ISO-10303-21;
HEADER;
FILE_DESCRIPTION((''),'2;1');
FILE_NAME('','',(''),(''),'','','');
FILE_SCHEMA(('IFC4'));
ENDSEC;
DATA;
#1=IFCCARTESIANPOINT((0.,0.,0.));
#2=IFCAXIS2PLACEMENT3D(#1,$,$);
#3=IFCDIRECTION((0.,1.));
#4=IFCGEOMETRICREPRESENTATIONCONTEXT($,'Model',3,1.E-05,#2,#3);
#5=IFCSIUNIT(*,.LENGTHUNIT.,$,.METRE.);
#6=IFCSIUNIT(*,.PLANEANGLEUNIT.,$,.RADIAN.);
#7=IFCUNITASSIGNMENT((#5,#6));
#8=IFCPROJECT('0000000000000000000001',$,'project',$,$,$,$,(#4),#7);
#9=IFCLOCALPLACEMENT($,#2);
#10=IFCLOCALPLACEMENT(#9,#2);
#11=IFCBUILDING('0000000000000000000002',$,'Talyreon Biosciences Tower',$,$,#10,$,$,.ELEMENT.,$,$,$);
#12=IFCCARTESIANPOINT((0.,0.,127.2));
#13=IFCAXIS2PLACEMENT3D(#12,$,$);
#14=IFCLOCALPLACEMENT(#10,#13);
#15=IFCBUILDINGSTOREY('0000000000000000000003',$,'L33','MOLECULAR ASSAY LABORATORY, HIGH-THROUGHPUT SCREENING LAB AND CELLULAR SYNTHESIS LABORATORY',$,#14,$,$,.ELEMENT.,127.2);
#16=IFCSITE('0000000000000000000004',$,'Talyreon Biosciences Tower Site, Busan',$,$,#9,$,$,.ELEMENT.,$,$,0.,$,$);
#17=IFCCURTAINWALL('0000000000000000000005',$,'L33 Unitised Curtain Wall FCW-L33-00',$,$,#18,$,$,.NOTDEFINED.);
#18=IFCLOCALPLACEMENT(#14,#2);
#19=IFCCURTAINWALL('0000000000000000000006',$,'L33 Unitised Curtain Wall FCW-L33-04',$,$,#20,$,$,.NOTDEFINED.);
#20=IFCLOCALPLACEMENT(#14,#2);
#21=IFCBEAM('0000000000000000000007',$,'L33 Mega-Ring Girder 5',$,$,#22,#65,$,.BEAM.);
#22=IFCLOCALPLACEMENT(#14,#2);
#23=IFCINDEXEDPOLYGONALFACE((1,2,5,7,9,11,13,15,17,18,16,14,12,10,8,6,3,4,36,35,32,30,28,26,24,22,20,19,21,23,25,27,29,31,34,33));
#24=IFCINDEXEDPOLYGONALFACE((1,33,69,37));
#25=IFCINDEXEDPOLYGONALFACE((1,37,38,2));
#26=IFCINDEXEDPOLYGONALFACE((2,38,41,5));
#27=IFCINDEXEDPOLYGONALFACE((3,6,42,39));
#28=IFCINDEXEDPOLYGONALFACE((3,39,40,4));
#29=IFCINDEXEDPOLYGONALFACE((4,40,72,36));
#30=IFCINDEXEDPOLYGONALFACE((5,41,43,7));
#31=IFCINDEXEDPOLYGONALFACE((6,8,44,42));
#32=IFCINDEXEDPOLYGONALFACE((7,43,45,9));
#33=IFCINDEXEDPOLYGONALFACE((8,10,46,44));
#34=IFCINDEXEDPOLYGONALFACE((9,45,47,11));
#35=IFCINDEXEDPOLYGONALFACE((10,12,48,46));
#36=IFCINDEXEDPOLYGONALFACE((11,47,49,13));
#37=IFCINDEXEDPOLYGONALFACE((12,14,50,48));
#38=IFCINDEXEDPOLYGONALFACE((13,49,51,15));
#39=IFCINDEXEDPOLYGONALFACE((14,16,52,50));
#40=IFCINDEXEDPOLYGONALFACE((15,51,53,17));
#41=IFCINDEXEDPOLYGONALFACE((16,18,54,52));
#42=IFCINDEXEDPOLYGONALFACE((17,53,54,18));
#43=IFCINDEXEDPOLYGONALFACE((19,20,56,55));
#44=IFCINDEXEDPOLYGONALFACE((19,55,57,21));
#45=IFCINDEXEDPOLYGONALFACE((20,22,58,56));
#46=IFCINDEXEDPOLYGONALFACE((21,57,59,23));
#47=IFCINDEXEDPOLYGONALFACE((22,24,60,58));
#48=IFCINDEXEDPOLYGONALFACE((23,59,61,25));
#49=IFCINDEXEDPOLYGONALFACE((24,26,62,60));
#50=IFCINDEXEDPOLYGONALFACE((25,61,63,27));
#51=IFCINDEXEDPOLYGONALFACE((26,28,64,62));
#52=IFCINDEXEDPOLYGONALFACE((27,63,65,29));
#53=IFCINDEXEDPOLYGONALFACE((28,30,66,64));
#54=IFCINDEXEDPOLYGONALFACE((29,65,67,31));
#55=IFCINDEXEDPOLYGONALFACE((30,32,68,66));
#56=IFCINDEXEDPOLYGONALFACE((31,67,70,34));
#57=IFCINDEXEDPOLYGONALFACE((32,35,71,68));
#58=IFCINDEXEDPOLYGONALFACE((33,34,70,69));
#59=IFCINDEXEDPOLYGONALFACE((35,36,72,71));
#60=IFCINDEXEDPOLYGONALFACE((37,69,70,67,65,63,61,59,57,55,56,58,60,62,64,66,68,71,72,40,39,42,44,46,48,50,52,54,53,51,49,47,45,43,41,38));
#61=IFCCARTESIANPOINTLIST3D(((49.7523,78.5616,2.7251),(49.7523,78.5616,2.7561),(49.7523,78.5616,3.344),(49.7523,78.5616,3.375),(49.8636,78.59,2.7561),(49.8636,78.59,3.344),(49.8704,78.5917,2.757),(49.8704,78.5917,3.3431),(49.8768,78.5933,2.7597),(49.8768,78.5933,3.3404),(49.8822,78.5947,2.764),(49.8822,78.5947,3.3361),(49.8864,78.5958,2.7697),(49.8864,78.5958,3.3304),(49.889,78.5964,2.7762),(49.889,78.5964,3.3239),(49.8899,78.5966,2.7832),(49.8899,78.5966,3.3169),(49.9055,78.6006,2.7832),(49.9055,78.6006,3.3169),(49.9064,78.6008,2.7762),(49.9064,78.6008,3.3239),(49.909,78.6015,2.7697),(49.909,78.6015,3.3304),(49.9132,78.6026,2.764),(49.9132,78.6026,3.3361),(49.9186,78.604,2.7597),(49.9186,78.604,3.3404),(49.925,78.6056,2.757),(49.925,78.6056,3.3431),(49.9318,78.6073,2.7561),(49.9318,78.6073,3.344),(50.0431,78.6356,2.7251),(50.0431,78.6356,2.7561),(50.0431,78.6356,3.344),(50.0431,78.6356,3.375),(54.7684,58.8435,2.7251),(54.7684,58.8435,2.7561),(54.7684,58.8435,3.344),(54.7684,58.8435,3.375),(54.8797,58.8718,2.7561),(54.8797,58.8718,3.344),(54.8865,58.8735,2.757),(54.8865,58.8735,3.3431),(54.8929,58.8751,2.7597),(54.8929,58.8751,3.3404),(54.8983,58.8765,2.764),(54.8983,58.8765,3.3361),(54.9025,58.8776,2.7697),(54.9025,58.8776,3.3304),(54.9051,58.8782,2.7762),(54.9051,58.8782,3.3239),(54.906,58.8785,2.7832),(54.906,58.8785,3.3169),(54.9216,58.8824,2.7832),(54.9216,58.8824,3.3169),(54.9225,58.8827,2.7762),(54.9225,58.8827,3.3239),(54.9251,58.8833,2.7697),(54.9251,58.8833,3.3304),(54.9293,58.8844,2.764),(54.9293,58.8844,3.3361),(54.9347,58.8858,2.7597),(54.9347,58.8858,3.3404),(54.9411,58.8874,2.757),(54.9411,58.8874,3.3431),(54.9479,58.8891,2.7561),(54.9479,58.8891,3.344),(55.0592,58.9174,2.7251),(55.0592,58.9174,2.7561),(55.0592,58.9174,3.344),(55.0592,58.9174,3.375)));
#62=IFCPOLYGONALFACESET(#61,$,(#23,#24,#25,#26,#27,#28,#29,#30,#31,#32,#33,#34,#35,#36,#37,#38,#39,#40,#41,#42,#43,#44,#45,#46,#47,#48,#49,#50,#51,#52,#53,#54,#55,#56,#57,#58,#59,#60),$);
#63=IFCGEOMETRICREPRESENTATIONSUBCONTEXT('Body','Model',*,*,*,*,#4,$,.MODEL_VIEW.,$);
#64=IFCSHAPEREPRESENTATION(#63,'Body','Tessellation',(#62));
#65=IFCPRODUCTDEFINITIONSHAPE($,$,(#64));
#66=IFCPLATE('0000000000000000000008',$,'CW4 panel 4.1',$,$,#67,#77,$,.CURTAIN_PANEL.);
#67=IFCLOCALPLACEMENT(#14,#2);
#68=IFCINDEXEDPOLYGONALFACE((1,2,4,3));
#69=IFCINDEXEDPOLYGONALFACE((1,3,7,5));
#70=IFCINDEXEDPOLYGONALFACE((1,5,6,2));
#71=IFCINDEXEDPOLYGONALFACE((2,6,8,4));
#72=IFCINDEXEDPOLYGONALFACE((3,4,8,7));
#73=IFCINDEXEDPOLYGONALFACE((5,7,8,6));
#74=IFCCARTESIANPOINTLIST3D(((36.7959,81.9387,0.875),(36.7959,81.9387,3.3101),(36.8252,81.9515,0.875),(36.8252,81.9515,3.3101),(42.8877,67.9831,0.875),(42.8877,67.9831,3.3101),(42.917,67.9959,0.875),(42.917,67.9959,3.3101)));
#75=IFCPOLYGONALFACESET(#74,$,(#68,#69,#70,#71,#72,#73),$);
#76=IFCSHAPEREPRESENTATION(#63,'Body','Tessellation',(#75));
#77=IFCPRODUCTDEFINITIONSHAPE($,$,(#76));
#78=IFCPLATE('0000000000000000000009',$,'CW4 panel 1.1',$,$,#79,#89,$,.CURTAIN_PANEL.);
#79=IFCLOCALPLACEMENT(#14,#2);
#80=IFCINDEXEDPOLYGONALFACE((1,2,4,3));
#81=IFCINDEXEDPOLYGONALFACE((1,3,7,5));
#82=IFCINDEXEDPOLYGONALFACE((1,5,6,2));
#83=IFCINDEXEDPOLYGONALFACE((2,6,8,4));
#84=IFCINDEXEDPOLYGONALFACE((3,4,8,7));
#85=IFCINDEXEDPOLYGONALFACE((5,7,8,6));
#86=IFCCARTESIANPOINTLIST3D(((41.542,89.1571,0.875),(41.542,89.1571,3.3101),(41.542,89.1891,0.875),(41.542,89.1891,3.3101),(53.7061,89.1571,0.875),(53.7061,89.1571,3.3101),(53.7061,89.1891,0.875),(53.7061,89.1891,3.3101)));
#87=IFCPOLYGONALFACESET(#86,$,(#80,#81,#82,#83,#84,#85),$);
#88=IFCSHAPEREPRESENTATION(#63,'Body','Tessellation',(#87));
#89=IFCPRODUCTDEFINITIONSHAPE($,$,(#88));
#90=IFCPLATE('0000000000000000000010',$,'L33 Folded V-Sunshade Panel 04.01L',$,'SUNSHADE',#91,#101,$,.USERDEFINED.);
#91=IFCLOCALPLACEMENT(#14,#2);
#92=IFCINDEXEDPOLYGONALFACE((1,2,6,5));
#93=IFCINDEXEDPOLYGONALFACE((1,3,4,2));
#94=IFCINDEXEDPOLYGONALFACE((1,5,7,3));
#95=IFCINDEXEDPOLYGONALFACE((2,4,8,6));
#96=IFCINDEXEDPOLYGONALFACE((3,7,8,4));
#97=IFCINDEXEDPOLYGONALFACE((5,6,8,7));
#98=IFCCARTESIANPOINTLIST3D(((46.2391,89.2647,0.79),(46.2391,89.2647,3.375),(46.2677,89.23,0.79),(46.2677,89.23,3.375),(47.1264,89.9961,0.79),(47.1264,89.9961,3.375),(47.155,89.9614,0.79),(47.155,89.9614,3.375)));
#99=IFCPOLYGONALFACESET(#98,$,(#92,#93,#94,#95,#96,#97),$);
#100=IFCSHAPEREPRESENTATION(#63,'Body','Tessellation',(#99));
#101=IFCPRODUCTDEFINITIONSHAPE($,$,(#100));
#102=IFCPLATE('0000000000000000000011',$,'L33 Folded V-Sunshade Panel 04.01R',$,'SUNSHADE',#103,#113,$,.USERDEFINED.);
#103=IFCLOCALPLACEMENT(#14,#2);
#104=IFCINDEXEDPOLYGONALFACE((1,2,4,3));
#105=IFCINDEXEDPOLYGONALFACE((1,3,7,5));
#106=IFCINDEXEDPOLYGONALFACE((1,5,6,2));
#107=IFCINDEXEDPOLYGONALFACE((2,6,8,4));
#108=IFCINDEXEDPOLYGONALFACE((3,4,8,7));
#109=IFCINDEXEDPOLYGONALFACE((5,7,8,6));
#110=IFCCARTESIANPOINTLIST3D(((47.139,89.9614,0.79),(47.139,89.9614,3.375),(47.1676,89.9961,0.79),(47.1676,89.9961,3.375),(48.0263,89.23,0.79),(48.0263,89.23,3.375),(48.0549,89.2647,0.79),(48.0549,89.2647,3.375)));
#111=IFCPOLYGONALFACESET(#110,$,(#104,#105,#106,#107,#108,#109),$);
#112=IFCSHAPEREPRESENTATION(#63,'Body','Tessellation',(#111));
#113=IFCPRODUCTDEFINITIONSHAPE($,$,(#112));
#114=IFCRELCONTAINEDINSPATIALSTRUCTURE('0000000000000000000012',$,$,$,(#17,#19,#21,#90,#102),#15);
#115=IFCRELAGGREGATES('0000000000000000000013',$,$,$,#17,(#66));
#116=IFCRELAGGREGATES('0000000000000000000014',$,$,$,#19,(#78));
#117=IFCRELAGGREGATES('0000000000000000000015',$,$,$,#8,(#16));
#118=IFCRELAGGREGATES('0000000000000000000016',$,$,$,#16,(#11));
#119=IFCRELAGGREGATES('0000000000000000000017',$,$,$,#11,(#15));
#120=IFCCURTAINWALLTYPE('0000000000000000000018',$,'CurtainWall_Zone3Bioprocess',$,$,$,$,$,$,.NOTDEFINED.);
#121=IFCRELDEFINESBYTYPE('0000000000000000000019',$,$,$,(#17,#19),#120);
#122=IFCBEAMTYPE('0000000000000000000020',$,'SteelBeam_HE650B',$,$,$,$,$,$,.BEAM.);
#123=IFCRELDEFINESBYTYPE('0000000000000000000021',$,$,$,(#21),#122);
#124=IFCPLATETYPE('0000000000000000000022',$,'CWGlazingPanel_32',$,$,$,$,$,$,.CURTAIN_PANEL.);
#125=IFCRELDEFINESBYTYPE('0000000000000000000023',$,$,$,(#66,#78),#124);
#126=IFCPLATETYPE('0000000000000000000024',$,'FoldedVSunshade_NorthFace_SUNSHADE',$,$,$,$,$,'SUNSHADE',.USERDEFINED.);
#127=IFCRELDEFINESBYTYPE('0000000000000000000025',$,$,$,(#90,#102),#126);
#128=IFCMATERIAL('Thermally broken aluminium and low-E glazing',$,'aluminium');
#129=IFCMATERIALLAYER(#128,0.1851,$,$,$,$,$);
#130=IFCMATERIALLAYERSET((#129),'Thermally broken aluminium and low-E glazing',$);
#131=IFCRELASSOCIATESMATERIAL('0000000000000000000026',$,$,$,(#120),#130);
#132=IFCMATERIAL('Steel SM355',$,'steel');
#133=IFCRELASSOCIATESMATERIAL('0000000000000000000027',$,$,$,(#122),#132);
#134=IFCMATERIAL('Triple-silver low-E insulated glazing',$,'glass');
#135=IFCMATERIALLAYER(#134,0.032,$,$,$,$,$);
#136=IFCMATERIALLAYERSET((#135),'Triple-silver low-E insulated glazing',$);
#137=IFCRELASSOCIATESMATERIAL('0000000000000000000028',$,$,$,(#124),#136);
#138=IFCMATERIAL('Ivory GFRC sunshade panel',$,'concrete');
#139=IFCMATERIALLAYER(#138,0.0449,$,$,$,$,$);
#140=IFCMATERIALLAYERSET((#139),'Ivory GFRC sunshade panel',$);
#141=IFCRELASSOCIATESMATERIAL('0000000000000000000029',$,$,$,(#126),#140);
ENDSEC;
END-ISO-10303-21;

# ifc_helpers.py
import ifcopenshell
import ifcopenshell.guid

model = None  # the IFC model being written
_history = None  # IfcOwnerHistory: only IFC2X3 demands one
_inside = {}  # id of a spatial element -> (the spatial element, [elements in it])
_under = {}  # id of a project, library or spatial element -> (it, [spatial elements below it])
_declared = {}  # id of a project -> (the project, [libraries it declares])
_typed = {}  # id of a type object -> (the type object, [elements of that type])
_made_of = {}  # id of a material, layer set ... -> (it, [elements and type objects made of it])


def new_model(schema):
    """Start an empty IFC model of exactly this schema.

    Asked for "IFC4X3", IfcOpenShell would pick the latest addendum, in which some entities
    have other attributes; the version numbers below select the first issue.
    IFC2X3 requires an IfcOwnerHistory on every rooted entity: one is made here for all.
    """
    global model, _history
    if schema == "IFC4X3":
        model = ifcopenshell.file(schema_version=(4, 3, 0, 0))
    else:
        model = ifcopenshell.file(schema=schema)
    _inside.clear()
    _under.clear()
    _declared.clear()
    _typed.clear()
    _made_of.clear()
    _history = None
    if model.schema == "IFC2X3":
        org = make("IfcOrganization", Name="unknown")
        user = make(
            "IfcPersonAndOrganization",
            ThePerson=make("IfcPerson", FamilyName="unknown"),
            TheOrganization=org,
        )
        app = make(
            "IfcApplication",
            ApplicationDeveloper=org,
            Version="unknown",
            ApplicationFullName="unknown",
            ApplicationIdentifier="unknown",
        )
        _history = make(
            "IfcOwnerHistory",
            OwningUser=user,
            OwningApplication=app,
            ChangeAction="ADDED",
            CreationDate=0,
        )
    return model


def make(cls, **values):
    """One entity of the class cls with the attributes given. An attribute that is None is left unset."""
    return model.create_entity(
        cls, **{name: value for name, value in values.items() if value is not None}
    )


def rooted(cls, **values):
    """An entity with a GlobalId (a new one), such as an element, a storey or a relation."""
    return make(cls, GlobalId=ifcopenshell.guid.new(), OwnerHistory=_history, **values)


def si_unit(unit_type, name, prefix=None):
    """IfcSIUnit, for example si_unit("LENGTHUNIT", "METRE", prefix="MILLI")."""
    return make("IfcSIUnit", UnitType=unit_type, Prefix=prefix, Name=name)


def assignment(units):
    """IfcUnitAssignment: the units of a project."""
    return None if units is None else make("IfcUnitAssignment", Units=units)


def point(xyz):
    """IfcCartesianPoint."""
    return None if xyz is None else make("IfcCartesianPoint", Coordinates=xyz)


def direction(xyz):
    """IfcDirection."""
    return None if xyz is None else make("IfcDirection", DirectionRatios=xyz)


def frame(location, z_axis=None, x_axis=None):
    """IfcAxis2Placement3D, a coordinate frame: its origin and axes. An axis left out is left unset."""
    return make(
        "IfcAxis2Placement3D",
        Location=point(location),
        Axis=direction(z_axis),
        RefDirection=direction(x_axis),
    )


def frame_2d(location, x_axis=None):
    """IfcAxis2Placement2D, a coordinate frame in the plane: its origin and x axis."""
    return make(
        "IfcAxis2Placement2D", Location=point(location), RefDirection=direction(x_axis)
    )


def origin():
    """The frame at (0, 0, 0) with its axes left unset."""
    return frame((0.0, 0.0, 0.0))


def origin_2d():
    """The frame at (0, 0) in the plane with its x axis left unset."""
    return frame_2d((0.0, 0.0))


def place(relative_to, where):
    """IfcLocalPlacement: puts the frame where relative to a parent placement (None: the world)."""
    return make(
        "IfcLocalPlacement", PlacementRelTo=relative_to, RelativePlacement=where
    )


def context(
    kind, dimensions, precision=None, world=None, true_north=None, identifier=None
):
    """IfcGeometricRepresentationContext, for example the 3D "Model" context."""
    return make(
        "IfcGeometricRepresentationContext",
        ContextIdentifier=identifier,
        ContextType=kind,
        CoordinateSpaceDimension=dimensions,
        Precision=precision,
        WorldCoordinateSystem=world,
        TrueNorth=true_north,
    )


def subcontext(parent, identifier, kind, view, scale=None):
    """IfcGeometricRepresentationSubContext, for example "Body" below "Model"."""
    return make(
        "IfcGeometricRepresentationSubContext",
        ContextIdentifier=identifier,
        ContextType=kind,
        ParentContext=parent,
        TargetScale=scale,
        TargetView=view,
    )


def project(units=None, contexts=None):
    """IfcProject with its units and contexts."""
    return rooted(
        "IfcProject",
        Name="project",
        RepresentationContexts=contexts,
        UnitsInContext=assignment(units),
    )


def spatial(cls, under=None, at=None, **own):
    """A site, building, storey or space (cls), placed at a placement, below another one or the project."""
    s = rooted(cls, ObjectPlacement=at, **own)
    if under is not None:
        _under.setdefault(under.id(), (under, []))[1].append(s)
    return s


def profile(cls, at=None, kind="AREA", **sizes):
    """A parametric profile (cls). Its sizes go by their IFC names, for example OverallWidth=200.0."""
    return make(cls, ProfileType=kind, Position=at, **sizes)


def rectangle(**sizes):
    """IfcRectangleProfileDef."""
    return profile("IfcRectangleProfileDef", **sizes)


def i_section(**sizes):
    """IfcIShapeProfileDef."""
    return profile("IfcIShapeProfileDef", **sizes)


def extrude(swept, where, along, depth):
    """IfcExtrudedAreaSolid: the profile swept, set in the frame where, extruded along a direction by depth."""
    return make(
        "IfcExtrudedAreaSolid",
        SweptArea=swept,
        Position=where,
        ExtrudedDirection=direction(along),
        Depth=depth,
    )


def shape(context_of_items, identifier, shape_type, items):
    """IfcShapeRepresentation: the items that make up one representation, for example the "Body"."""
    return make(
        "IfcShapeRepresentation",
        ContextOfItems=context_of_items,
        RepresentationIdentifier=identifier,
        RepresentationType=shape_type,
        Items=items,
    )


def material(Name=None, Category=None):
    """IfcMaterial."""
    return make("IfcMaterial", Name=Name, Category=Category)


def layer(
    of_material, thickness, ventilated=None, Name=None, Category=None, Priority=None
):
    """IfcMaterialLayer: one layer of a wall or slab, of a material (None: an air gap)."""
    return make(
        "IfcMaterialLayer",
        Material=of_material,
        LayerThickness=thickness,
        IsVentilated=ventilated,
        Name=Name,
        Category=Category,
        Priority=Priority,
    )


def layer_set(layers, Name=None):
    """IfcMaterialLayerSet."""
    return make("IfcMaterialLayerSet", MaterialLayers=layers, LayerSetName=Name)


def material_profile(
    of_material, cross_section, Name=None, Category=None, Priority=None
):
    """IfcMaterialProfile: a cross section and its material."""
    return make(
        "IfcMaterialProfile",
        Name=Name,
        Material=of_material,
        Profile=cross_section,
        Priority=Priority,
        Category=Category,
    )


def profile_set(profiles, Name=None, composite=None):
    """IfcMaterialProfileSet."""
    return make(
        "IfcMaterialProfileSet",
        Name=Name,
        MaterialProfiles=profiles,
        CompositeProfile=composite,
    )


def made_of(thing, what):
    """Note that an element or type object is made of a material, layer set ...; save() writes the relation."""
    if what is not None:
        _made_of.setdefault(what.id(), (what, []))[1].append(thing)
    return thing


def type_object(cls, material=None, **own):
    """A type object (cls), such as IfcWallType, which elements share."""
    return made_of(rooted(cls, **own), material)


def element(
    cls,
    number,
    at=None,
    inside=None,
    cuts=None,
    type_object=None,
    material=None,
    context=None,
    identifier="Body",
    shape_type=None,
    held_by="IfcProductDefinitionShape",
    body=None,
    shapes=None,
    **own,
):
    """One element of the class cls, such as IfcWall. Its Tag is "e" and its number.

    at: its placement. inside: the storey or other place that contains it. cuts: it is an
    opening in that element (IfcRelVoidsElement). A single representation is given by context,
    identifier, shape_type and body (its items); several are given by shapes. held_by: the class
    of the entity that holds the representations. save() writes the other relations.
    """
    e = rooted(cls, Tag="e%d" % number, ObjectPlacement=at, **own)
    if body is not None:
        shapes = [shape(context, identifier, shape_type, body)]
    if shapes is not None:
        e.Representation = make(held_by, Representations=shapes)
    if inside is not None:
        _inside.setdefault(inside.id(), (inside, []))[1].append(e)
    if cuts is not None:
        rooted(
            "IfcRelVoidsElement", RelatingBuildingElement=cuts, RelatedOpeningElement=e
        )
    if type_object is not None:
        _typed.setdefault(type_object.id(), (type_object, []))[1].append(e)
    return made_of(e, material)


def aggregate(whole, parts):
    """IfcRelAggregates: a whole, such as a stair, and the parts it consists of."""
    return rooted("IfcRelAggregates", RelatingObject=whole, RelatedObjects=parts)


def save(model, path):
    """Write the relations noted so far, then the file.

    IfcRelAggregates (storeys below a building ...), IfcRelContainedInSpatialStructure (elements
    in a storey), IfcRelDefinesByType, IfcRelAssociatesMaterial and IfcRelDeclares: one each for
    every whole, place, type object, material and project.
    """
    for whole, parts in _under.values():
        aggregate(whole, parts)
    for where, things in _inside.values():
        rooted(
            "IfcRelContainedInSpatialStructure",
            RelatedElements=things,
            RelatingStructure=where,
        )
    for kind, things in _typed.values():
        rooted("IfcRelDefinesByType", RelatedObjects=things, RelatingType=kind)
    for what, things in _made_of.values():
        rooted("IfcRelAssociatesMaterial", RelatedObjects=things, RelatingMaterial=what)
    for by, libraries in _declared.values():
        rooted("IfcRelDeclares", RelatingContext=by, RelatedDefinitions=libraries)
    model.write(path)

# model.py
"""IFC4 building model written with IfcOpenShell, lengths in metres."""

from ifc_helpers import new_model, si_unit, direction, frame, origin, origin_2d, place, context, subcontext, project, spatial, rectangle, i_section, extrude, material, layer, layer_set, material_profile, profile_set, type_object, element, aggregate, save


model = new_model("IFC4")

# Units and contexts
model_context = context("Model", 3, precision=1e-05, world=origin(), true_north=direction((0.0, 1.0)))
body_context = subcontext(model_context, "Body", "Model", "MODEL_VIEW")
ifc_project = project(units=[si_unit("LENGTHUNIT", "METRE"), si_unit("PLANEANGLEUNIT", "RADIAN")], contexts=[model_context])

# Site, building, storey
site_placement = place(None, origin())
site = spatial("IfcSite", under=ifc_project, at=site_placement, Name="Talyreon Biosciences Tower Site, Busan", CompositionType="ELEMENT", RefElevation=0.0)
building_placement = place(site_placement, origin())
building = spatial("IfcBuilding", under=site, at=building_placement, Name="Talyreon Biosciences Tower", CompositionType="ELEMENT")
storey_placement = place(building_placement, frame((0.0, 0.0, 127.2)))
storey = spatial("IfcBuildingStorey", under=building, at=storey_placement, Name="L33", Description="MOLECULAR ASSAY LABORATORY, HIGH-THROUGHPUT SCREENING LAB AND CELLULAR SYNTHESIS LABORATORY", CompositionType="ELEMENT", Elevation=127.2)

# Curtain wall
ifc_material_1 = material(Name="Thermally broken aluminium and low-E glazing", Category="aluminium")
ifc_layer_1 = layer(ifc_material_1, 0.1851)
ifc_layer_set_1 = layer_set([ifc_layer_1], Name="Thermally broken aluminium and low-E glazing")
curtain_wall_type = type_object("IfcCurtainWallType", Name="CurtainWall_Zone3Bioprocess", PredefinedType="NOTDEFINED", material=ifc_layer_set_1)
curtain_wall_1_placement = place(storey_placement, origin())
curtain_wall_1 = element("IfcCurtainWall", 1, at=curtain_wall_1_placement, inside=storey, type_object=curtain_wall_type, Name="L33 Unitised Curtain Wall FCW-L33-00", PredefinedType="NOTDEFINED")

# Curtain wall
curtain_wall_2_placement = place(storey_placement, origin())
curtain_wall_2 = element("IfcCurtainWall", 2, at=curtain_wall_2_placement, inside=storey, type_object=curtain_wall_type, Name="L33 Unitised Curtain Wall FCW-L33-04", PredefinedType="NOTDEFINED")

# Beam
ifc_material_2 = material(Name="Steel SM355", Category="steel")
ifc_material_profile_1 = material_profile(ifc_material_2, i_section(OverallWidth=0.3, OverallDepth=0.6499, WebThickness=0.0161, FlangeThickness=0.031, FilletRadius=0.0271, at=origin_2d()), Name="HE650B")
ifc_profile_set_1 = profile_set([ifc_material_profile_1], Name="Steel SM355")
beam_type_1 = type_object("IfcBeamType", Name="SteelBeam_HE650B", PredefinedType="BEAM", material=ifc_profile_set_1)
beam_1_placement = place(storey_placement, frame((49.8977, 78.5986, 3.05), z_axis=(0.246537, -0.969133, 0.0), x_axis=(0.969133, 0.246537, 0.0)))
element("IfcBeam", 3, at=beam_1_placement, inside=storey, type_object=beam_type_1, Name="L33 Mega-Ring Girder 5", PredefinedType="BEAM", context=body_context, shape_type="SweptSolid", body=[
    extrude(i_section(OverallWidth=0.3, OverallDepth=0.6499, WebThickness=0.0161, FlangeThickness=0.031, FilletRadius=0.0271, at=origin_2d()), origin(), (0.0, 0.0, 1.0), 20.3462),
])

# Plates
ifc_material_3 = material(Name="Triple-silver low-E insulated glazing", Category="glass")
ifc_layer_2 = layer(ifc_material_3, 0.032)
ifc_layer_set_2 = layer_set([ifc_layer_2], Name="Triple-silver low-E insulated glazing")
plate_type_1 = type_object("IfcPlateType", Name="CWGlazingPanel_32", PredefinedType="CURTAIN_PANEL", material=ifc_layer_set_2)
plate_1_placement = place(storey_placement, frame((39.8564, 74.9673, 0.875), z_axis=(0.0, 0.0, 1.0), x_axis=(-0.400058, 0.91649, 0.0)))
plate_1 = element("IfcPlate", 4, at=plate_1_placement, type_object=plate_type_1, Name="CW4 panel 4.1", PredefinedType="CURTAIN_PANEL", context=body_context, shape_type="SweptSolid", body=[
    extrude(rectangle(XDim=15.2273, YDim=0.032, at=origin_2d()), origin(), (0.0, 0.0, 1.0), 2.4351),
])
aggregate(curtain_wall_1, [plate_1])
plate_2_placement = place(storey_placement, frame((47.624, 89.1731, 0.875), z_axis=(0.0, 0.0, 1.0), x_axis=(1.0, 0.0, 0.0)))
plate_2 = element("IfcPlate", 5, at=plate_2_placement, type_object=plate_type_1, Name="CW4 panel 1.1", PredefinedType="CURTAIN_PANEL", context=body_context, shape_type="SweptSolid", body=[
    extrude(rectangle(XDim=12.1641, YDim=0.032, at=origin_2d()), origin(), (0.0, 0.0, 1.0), 2.4351),
])
aggregate(curtain_wall_2, [plate_2])

# Plates
ifc_material_4 = material(Name="Ivory GFRC sunshade panel", Category="concrete")
ifc_layer_3 = layer(ifc_material_4, 0.0449)
ifc_layer_set_3 = layer_set([ifc_layer_3], Name="Ivory GFRC sunshade panel")
plate_type_2 = type_object("IfcPlateType", Name="FoldedVSunshade_NorthFace_SUNSHADE", ElementType="SUNSHADE", PredefinedType="USERDEFINED", material=ifc_layer_set_3)
for number, where, z_axis, x_axis, name in (
    (6, (46.697, 89.613, 0.79), (0.0, 0.0, 1.0), (0.771625, 0.636078, 0.0), "L33 Folded V-Sunshade Panel 04.01L"),
    (7, (47.5969, 89.613, 0.79), (0.0, 0.0, 1.0), (0.771625, -0.636078, 0.0), "L33 Folded V-Sunshade Panel 04.01R"),
):
    element("IfcPlate", number, at=place(storey_placement, frame(where, z_axis=z_axis, x_axis=x_axis)), inside=storey, type_object=plate_type_2, Name=name, ObjectType="SUNSHADE", PredefinedType="USERDEFINED", context=body_context, shape_type="SweptSolid", body=[
        extrude(rectangle(XDim=1.1499, YDim=0.0449, at=origin_2d()), origin(), (0.0, 0.0, 1.0), 2.585),
    ])

save(model, "model.ifc")
